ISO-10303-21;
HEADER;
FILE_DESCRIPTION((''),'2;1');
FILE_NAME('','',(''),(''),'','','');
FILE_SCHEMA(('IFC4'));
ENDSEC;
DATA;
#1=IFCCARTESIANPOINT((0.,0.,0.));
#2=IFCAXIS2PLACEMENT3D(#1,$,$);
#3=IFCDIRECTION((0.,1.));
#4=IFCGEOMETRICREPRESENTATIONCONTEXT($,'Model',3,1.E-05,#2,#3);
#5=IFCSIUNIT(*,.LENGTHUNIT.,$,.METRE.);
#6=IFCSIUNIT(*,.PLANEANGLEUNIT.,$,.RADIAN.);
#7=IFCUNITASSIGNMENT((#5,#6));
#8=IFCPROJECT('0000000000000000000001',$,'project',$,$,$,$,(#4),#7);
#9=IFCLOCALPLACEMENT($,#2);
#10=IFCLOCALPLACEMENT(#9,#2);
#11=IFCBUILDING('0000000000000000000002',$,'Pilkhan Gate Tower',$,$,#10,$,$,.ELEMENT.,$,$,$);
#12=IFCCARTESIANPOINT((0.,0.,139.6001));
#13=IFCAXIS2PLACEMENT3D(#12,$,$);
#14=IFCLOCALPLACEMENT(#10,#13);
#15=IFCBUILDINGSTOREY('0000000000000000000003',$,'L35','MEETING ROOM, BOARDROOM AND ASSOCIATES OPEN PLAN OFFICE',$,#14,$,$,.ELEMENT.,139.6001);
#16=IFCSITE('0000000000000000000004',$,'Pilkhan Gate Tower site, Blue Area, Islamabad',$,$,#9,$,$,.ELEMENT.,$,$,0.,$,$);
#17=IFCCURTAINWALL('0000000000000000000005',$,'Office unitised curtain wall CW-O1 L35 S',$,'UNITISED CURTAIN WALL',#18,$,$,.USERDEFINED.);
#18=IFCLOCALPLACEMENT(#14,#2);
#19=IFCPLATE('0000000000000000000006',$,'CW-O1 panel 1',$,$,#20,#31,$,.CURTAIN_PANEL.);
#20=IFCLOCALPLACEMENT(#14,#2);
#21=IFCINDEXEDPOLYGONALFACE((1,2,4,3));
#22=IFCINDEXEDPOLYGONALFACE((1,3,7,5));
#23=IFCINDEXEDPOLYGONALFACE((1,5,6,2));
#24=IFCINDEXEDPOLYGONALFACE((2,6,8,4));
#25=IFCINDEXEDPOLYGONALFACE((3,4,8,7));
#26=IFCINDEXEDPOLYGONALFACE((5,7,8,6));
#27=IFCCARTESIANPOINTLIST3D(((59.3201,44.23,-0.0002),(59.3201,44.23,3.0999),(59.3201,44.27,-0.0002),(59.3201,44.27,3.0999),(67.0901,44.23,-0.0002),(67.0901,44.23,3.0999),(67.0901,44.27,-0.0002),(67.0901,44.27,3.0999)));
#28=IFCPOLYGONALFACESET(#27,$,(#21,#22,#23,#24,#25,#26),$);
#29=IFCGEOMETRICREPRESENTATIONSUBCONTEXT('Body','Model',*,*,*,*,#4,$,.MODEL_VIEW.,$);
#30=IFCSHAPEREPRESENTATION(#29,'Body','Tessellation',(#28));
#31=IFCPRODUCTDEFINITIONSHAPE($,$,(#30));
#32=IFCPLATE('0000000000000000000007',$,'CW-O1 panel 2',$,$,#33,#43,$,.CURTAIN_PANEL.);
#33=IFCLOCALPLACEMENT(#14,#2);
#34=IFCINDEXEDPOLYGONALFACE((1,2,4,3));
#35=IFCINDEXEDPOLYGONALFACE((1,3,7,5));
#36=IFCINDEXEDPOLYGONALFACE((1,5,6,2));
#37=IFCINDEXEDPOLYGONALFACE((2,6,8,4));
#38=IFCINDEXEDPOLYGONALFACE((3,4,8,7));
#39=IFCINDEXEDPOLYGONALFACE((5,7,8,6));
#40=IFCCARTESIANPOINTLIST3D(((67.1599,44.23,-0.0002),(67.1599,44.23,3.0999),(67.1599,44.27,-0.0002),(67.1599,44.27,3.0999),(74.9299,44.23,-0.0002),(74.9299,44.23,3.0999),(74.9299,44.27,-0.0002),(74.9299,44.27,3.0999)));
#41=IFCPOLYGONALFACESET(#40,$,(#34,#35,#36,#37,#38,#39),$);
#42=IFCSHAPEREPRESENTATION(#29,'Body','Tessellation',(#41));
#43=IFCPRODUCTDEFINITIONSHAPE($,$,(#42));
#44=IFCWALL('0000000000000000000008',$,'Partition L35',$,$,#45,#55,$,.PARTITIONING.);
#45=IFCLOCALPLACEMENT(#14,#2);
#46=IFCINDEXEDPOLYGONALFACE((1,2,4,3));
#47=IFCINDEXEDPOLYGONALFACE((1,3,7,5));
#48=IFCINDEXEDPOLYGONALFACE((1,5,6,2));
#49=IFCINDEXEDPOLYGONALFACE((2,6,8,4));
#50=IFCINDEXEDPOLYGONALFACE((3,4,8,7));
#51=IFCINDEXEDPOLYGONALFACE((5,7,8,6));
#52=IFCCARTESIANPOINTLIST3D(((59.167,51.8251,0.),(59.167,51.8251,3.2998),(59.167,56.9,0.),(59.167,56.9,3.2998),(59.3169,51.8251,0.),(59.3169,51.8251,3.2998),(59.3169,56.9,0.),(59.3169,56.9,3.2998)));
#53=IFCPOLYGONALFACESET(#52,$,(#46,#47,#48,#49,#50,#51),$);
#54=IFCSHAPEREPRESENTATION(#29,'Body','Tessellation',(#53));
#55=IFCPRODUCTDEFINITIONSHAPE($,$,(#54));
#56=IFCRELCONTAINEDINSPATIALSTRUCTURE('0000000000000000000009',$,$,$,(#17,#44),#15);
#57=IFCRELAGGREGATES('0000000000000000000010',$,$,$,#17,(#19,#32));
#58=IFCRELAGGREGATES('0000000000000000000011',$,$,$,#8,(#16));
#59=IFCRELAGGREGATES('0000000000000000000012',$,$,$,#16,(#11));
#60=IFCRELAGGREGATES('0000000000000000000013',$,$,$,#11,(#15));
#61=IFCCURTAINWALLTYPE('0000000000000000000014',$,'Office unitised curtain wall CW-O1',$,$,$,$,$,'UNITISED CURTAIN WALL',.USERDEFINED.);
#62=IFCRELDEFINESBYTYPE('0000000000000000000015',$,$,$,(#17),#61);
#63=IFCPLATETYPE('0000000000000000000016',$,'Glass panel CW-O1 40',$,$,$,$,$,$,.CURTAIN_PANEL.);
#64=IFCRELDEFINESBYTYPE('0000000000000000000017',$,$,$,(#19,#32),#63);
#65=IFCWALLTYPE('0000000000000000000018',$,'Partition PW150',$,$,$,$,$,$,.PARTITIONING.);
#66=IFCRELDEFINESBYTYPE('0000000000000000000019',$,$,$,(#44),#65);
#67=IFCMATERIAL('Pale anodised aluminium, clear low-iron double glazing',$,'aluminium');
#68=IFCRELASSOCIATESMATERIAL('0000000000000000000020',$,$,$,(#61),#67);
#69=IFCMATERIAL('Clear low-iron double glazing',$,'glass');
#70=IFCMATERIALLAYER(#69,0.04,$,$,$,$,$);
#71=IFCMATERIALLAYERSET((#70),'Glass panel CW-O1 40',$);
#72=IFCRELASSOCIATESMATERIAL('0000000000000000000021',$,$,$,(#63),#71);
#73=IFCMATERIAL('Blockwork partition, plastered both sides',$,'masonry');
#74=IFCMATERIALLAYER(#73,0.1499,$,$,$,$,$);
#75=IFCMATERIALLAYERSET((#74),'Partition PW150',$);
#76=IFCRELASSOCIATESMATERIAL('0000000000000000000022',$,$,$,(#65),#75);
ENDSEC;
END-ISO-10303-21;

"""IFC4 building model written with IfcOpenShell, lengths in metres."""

from ifc_helpers import new_model, si_unit, direction, frame, frame_2d, origin, origin_2d, place, context, subcontext, project, spatial, rectangle, extrude, material, layer, layer_set, type_object, element, aggregate, save


model = new_model("IFC4")

# Units and contexts
model_context = context("Model", 3, precision=1e-05, world=origin(), true_north=direction((0.0, 1.0)))
body_context = subcontext(model_context, "Body", "Model", "MODEL_VIEW")
ifc_project = project(units=[si_unit("LENGTHUNIT", "METRE"), si_unit("PLANEANGLEUNIT", "RADIAN")], contexts=[model_context])

# Site, building, storey
site_placement = place(None, origin())
site = spatial("IfcSite", under=ifc_project, at=site_placement, Name="Pilkhan Gate Tower site, Blue Area, Islamabad", CompositionType="ELEMENT", RefElevation=0.0)
building_placement = place(site_placement, origin())
building = spatial("IfcBuilding", under=site, at=building_placement, Name="Pilkhan Gate Tower", CompositionType="ELEMENT")
storey_placement = place(building_placement, frame((0.0, 0.0, 139.6001)))
storey = spatial("IfcBuildingStorey", under=building, at=storey_placement, Name="L35", Description="MEETING ROOM, BOARDROOM AND ASSOCIATES OPEN PLAN OFFICE", CompositionType="ELEMENT", Elevation=139.6001)

# Shared definitions
ifc_material_1 = material(Name="Pale anodised aluminium, clear low-iron double glazing", Category="aluminium")
curtain_wall_type = type_object("IfcCurtainWallType", Name="Office unitised curtain wall CW-O1", ElementType="UNITISED CURTAIN WALL", PredefinedType="USERDEFINED", material=ifc_material_1)

# Curtain wall
curtain_wall_1_placement = place(storey_placement, origin())
curtain_wall_1 = element("IfcCurtainWall", 1, at=curtain_wall_1_placement, inside=storey, type_object=curtain_wall_type, Name="Office unitised curtain wall CW-O1 L35 S", ObjectType="UNITISED CURTAIN WALL", PredefinedType="USERDEFINED")

# Plates
ifc_material_2 = material(Name="Clear low-iron double glazing", Category="glass")
ifc_layer_1 = layer(ifc_material_2, 0.04)
ifc_layer_set_1 = layer_set([ifc_layer_1], Name="Glass panel CW-O1 40")
plate_type = type_object("IfcPlateType", Name="Glass panel CW-O1 40", PredefinedType="CURTAIN_PANEL", material=ifc_layer_set_1)
plate_1_placement = place(storey_placement, frame((63.2051, 44.25, -0.0002), z_axis=(0.0, 0.0, 1.0), x_axis=(1.0, 0.0, 0.0)))
plate_1 = element("IfcPlate", 2, at=plate_1_placement, type_object=plate_type, Name="CW-O1 panel 1", PredefinedType="CURTAIN_PANEL", context=body_context, shape_type="SweptSolid", body=[
    extrude(rectangle(XDim=7.77, YDim=0.04, at=origin_2d()), origin(), (0.0, 0.0, 1.0), 3.1001),
])
plate_2_placement = place(storey_placement, frame((71.0449, 44.25, -0.0002), z_axis=(0.0, 0.0, 1.0), x_axis=(1.0, 0.0, 0.0)))
plate_2 = element("IfcPlate", 3, at=plate_2_placement, type_object=plate_type, Name="CW-O1 panel 2", PredefinedType="CURTAIN_PANEL", context=body_context, shape_type="SweptSolid", body=[
    extrude(rectangle(XDim=7.77, YDim=0.04, at=origin_2d()), origin(), (0.0, 0.0, 1.0), 3.1001),
])
aggregate(curtain_wall_1, [plate_1, plate_2])

# Wall
ifc_material_3 = material(Name="Blockwork partition, plastered both sides", Category="masonry")
ifc_layer_2 = layer(ifc_material_3, 0.1499)
ifc_layer_set_2 = layer_set([ifc_layer_2], Name="Partition PW150")
wall_type = type_object("IfcWallType", Name="Partition PW150", PredefinedType="PARTITIONING", material=ifc_layer_set_2)
wall_placement = place(storey_placement, frame((59.2419, 51.825, 0.0), z_axis=(0.0, 0.0, 1.0), x_axis=(0.0, 1.0, 0.0)))
element("IfcWall", 4, at=wall_placement, inside=storey, type_object=wall_type, Name="Partition L35", PredefinedType="PARTITIONING", context=body_context, shape_type="SweptSolid", body=[
    extrude(rectangle(XDim=5.075, YDim=0.1499, at=frame_2d((2.5376, 0.0))), origin(), (0.0, 0.0, 1.0), 3.2998),
])

save(model, "model.ifc")
